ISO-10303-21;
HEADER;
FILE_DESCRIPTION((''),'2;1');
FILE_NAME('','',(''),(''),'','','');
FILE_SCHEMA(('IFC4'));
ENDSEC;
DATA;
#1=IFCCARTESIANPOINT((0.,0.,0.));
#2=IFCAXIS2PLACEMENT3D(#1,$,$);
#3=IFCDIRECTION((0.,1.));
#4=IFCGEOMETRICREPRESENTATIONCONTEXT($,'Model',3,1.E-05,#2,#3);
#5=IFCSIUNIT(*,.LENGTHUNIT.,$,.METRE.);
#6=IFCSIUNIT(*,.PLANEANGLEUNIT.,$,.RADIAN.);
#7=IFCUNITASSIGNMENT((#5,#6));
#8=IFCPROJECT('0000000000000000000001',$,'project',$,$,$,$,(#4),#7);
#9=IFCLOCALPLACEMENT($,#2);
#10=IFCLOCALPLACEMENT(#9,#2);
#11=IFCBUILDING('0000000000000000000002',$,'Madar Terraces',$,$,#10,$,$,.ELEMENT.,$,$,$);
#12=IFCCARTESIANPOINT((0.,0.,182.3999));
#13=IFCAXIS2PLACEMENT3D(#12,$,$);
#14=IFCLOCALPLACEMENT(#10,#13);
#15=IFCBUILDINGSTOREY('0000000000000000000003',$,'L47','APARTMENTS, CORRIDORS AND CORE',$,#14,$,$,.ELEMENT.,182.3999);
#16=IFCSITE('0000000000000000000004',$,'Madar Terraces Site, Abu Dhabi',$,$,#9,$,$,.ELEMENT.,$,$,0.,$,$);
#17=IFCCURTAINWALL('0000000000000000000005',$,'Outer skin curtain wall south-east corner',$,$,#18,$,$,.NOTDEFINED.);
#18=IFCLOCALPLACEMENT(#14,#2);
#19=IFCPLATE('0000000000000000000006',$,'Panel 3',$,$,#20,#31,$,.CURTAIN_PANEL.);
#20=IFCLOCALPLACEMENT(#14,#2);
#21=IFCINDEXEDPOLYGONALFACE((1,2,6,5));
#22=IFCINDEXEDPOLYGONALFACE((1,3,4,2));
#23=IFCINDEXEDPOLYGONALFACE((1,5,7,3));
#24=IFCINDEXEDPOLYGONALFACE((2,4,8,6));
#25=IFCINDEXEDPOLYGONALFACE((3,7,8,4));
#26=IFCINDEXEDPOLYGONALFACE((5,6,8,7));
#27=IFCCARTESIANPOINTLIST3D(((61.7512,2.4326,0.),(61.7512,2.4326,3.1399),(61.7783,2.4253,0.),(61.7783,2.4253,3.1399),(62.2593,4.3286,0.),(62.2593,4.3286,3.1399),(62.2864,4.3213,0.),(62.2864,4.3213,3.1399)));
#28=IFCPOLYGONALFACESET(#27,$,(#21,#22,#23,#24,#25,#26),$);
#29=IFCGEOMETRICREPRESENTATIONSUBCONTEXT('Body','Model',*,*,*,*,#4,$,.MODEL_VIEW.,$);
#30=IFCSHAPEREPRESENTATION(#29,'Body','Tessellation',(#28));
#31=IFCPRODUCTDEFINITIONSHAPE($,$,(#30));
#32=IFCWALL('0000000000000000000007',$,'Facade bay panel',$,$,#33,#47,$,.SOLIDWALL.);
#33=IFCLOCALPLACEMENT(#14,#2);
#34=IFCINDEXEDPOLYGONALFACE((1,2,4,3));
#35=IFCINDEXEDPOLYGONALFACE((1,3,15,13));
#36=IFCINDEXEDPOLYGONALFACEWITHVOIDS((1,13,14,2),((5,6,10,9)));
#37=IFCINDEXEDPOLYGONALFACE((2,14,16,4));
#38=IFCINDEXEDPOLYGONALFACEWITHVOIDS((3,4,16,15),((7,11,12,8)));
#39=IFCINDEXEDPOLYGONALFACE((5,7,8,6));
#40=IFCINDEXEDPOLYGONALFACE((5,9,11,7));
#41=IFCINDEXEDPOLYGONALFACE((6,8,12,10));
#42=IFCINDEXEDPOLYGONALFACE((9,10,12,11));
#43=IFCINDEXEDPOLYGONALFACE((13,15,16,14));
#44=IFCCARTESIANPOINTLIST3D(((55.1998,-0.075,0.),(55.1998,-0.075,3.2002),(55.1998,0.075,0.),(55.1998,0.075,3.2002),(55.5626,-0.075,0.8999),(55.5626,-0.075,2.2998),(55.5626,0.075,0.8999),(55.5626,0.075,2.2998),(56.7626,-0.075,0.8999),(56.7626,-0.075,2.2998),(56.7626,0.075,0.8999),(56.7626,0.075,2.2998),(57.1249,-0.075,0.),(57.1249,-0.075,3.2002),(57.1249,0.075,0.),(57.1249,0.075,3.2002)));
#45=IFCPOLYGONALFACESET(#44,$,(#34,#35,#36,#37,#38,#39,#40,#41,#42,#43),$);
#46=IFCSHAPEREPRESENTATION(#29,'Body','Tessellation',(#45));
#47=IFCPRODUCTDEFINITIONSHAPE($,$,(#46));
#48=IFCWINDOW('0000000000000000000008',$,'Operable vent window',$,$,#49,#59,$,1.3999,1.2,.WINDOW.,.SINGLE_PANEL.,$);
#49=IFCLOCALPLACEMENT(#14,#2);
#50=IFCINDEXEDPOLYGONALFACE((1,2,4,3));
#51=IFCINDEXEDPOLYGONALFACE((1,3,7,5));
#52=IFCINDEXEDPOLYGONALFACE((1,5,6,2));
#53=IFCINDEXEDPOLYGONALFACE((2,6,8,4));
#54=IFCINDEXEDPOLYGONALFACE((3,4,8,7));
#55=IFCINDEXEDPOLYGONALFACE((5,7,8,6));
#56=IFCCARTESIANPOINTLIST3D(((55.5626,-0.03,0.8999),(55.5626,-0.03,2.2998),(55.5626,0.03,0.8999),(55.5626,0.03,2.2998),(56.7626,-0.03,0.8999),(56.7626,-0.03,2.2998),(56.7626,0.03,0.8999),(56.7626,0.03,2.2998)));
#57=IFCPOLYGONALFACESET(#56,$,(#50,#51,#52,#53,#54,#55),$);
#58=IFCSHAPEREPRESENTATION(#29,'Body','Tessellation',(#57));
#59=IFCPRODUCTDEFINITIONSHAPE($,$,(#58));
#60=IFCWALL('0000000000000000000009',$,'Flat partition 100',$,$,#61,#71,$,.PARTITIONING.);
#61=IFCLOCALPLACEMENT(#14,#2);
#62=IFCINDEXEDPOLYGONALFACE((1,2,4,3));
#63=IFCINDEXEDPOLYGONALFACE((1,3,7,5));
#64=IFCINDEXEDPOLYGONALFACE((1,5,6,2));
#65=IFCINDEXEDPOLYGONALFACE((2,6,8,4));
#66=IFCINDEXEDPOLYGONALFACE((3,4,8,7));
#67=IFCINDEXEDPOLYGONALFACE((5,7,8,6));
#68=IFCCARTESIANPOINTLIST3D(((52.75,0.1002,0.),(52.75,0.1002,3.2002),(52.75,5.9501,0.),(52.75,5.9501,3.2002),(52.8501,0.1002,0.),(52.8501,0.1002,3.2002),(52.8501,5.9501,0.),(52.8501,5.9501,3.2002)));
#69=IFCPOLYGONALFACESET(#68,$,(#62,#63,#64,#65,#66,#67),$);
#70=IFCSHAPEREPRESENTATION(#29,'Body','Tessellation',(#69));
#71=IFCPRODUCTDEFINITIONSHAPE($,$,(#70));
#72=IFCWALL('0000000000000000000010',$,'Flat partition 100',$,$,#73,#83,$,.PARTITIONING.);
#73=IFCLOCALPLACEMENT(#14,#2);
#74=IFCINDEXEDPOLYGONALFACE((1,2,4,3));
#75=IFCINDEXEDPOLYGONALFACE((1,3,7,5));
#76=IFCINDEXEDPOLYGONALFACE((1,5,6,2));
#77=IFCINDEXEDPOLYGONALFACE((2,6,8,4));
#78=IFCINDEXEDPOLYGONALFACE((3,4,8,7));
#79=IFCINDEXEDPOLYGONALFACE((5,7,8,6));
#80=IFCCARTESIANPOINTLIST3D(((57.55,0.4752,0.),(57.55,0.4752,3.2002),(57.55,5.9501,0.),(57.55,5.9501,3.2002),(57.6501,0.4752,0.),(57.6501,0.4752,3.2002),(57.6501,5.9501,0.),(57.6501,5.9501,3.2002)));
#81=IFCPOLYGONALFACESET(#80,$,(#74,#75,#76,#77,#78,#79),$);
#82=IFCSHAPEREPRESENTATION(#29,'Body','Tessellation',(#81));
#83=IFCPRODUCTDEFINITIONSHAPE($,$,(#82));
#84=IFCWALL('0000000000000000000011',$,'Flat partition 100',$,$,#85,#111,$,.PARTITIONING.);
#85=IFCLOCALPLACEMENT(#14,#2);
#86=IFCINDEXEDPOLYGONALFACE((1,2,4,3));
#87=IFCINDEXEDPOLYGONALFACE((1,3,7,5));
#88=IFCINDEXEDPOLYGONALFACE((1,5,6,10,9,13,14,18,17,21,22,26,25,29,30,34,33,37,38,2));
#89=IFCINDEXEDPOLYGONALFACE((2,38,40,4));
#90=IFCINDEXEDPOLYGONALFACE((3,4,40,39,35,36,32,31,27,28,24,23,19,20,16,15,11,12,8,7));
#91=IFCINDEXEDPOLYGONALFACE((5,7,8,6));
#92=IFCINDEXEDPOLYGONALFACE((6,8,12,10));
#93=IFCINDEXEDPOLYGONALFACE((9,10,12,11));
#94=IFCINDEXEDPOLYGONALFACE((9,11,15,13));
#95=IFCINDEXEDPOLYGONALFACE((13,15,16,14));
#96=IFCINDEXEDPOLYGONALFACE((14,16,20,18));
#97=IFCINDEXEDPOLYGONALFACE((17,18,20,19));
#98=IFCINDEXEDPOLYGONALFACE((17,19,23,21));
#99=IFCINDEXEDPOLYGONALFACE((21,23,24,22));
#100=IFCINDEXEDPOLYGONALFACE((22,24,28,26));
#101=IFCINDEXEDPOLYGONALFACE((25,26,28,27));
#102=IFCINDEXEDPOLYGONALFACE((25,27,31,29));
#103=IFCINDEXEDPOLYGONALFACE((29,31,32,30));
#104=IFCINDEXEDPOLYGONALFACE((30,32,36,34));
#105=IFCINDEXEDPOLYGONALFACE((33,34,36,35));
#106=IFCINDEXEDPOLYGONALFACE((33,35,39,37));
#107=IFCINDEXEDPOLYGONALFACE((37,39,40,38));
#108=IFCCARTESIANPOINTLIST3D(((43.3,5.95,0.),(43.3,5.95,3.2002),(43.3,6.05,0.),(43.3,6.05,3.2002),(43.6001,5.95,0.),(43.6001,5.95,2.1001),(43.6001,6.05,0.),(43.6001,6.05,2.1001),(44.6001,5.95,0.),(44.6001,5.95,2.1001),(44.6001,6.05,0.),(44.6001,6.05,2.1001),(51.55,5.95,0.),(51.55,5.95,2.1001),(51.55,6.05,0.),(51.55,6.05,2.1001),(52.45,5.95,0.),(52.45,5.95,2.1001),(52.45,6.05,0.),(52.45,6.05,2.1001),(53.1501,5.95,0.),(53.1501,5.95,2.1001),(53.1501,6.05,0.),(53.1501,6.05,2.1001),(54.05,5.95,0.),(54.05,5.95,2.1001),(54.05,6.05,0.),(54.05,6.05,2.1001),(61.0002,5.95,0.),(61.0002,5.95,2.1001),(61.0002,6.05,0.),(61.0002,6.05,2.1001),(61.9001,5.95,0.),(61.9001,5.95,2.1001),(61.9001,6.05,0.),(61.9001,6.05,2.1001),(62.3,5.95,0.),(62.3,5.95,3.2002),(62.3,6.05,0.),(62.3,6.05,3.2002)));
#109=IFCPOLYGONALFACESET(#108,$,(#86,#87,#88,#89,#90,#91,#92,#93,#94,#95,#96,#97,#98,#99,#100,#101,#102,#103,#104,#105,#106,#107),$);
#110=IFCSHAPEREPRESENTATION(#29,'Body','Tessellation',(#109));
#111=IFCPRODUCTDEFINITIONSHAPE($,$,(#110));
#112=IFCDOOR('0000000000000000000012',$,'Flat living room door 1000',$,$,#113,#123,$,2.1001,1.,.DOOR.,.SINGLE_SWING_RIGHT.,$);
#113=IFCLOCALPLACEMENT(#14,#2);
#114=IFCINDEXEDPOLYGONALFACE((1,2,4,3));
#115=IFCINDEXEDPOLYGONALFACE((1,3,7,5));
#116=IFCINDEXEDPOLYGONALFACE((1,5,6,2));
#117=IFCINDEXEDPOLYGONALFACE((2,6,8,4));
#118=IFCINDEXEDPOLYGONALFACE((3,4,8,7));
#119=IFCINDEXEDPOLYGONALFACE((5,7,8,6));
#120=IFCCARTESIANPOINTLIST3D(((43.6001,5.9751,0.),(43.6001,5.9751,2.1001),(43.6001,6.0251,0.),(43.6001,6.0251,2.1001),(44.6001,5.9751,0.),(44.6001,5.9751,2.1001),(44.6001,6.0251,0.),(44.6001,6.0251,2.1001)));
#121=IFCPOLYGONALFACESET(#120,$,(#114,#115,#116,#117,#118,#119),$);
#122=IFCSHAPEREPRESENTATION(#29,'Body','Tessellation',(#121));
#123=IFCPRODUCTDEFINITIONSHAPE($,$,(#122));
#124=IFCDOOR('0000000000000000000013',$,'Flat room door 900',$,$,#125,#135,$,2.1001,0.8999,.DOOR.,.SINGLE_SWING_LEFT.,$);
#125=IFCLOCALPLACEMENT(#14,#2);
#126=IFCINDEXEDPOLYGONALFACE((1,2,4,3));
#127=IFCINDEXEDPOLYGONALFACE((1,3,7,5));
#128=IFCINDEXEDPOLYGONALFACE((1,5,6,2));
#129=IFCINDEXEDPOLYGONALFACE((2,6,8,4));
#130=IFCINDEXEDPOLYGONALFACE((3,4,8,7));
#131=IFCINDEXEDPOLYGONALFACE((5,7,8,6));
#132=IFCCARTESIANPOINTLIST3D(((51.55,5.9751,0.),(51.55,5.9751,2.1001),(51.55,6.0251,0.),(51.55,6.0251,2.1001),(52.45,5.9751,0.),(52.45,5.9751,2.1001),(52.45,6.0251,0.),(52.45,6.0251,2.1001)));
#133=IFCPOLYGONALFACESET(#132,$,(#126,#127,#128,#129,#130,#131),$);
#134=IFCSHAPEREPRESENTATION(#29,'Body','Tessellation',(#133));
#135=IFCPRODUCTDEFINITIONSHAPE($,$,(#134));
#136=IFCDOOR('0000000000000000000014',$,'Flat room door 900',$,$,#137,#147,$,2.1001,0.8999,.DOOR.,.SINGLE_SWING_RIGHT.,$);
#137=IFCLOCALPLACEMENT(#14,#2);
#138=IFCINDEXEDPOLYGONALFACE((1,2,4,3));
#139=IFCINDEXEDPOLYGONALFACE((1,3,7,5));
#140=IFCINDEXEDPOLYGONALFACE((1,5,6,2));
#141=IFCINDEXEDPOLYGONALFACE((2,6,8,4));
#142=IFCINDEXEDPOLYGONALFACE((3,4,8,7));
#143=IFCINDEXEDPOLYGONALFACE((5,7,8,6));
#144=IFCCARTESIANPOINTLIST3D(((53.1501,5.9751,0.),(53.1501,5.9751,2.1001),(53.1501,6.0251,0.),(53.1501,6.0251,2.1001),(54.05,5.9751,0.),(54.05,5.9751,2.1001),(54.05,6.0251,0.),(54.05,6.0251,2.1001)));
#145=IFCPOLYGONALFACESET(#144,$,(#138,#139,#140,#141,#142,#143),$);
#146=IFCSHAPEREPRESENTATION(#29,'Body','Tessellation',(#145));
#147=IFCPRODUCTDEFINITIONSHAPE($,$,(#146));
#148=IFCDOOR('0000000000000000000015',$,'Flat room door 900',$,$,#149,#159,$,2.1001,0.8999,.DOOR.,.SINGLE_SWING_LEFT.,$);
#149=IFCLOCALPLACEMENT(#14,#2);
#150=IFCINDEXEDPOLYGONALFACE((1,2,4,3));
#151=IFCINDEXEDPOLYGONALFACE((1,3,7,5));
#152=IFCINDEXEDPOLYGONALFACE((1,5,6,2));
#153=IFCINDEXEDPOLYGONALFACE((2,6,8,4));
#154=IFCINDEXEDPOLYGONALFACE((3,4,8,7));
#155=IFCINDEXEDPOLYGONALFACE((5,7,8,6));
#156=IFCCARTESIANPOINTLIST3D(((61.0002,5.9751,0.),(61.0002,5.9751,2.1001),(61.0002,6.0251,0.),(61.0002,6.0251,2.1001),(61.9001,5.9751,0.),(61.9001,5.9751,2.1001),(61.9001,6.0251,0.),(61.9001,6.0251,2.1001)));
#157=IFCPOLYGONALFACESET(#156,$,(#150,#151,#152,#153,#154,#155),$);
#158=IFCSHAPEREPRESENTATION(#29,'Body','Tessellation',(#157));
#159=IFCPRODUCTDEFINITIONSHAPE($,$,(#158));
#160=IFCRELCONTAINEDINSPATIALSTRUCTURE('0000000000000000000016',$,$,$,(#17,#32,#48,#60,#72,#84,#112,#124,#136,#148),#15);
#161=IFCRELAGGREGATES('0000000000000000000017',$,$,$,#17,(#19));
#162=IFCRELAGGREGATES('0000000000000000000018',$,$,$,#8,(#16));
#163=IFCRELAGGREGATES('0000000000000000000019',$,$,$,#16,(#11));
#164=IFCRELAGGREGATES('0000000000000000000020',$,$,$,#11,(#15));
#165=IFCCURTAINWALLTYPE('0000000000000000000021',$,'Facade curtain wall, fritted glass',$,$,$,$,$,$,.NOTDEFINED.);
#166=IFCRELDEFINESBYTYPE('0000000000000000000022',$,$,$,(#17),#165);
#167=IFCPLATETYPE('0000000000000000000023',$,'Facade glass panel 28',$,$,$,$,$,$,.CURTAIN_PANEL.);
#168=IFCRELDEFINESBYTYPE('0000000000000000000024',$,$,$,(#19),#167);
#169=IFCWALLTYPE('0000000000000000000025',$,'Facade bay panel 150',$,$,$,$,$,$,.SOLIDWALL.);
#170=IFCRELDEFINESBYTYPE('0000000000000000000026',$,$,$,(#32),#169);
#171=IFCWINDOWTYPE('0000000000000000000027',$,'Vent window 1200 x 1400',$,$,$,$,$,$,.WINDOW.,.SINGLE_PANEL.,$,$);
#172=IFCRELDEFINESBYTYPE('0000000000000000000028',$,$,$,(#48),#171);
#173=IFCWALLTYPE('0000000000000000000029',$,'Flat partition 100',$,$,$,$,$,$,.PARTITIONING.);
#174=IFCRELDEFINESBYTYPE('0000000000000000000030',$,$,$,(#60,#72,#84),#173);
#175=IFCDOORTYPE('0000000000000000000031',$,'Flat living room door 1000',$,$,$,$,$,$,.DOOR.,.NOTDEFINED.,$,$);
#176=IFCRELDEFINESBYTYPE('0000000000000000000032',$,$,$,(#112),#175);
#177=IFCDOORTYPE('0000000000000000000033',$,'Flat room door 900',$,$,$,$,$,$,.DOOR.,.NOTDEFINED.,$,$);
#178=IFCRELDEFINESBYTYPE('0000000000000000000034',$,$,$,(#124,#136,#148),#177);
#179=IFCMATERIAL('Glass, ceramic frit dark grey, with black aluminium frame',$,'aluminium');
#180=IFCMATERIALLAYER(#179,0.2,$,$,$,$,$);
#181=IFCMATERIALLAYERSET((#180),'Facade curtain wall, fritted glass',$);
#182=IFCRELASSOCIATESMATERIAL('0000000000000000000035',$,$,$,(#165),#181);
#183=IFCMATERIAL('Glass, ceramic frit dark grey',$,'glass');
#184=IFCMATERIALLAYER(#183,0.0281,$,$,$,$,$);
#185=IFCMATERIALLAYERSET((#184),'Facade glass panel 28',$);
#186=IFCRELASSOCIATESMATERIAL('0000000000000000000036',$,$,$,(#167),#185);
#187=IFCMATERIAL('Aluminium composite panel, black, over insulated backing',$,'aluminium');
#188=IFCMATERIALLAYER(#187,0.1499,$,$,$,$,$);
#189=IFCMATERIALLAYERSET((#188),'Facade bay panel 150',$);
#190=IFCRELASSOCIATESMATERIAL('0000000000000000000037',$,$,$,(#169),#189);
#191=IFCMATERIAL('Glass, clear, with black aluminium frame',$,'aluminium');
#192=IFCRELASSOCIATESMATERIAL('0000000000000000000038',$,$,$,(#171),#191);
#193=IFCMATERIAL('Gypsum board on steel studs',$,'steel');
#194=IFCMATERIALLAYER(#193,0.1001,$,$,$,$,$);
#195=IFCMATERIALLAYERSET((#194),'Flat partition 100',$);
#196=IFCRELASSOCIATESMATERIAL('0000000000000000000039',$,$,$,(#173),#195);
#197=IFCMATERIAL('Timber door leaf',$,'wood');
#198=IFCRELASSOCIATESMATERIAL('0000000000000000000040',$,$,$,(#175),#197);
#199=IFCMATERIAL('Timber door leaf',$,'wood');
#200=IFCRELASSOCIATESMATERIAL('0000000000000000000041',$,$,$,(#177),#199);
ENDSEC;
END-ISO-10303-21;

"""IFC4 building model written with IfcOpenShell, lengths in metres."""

from ifc_helpers import new_model, si_unit, direction, frame, frame_2d, origin, origin_2d, place, context, subcontext, project, spatial, rectangle, extrude, material, layer, layer_set, type_object, element, fill, aggregate, save


model = new_model("IFC4")

# Units and contexts
model_context = context("Model", 3, precision=1e-05, world=origin(), true_north=direction((0.0, 1.0)))
body_context = subcontext(model_context, "Body", "Model", "MODEL_VIEW")
ifc_project = project(units=[si_unit("LENGTHUNIT", "METRE"), si_unit("PLANEANGLEUNIT", "RADIAN")], contexts=[model_context])

# Site, building, storey
site_placement = place(None, origin())
site = spatial("IfcSite", under=ifc_project, at=site_placement, Name="Madar Terraces Site, Abu Dhabi", CompositionType="ELEMENT", RefElevation=0.0)
building_placement = place(site_placement, origin())
building = spatial("IfcBuilding", under=site, at=building_placement, Name="Madar Terraces", CompositionType="ELEMENT")
storey_placement = place(building_placement, frame((0.0, 0.0, 182.3999)))
storey = spatial("IfcBuildingStorey", under=building, at=storey_placement, Name="L47", Description="APARTMENTS, CORRIDORS AND CORE", CompositionType="ELEMENT", Elevation=182.3999)

# Shared definitions
ifc_material_1 = material(Name="Glass, ceramic frit dark grey, with black aluminium frame", Category="aluminium")
ifc_layer_1 = layer(ifc_material_1, 0.2)
ifc_layer_set_1 = layer_set([ifc_layer_1], Name="Facade curtain wall, fritted glass")
curtain_wall_type = type_object("IfcCurtainWallType", Name="Facade curtain wall, fritted glass", PredefinedType="NOTDEFINED", material=ifc_layer_set_1)

# Curtain wall
curtain_wall_1_placement = place(storey_placement, origin())
curtain_wall_1 = element("IfcCurtainWall", 1, at=curtain_wall_1_placement, inside=storey, type_object=curtain_wall_type, Name="Outer skin curtain wall south-east corner", PredefinedType="NOTDEFINED")

# Plate
ifc_material_2 = material(Name="Glass, ceramic frit dark grey", Category="glass")
ifc_layer_2 = layer(ifc_material_2, 0.0281)
ifc_layer_set_2 = layer_set([ifc_layer_2], Name="Facade glass panel 28")
plate_type = type_object("IfcPlateType", Name="Facade glass panel 28", PredefinedType="CURTAIN_PANEL", material=ifc_layer_set_2)
plate_1_placement = place(storey_placement, frame((62.0188, 3.377, 0.0), z_axis=(0.0, 0.0, 1.0), x_axis=(0.258819, 0.965926, 0.0)))
plate_1 = element("IfcPlate", 2, at=plate_1_placement, type_object=plate_type, Name="Panel 3", PredefinedType="CURTAIN_PANEL", context=body_context, shape_type="SweptSolid", body=[
    extrude(rectangle(XDim=1.9629, YDim=0.0281, at=origin_2d()), origin(), (0.0, 0.0, 1.0), 3.1399),
])
aggregate(curtain_wall_1, [plate_1])

# Wall, opening, window
ifc_material_3 = material(Name="Aluminium composite panel, black, over insulated backing", Category="aluminium")
ifc_layer_3 = layer(ifc_material_3, 0.1499)
ifc_layer_set_3 = layer_set([ifc_layer_3], Name="Facade bay panel 150")
wall_type_1 = type_object("IfcWallType", Name="Facade bay panel 150", PredefinedType="SOLIDWALL", material=ifc_layer_set_3)
wall_1_placement = place(storey_placement, frame((55.2, 0.0, 0.0), z_axis=(0.0, 0.0, 1.0), x_axis=(1.0, 0.0, 0.0)))
wall_1 = element("IfcWall", 3, at=wall_1_placement, inside=storey, type_object=wall_type_1, Name="Facade bay panel", PredefinedType="SOLIDWALL", context=body_context, shape_type="SweptSolid", body=[
    extrude(rectangle(XDim=1.925, YDim=0.1499, at=frame_2d((0.9624, 0.0))), origin(), (0.0, 0.0, 1.0), 3.2002),
])
opening_1_placement = place(wall_1_placement, frame((0.3625, 0.0, 0.8999)))
opening_1 = element("IfcOpeningElement", 4, at=opening_1_placement, cuts=wall_1, PredefinedType="OPENING", context=body_context, shape_type="SweptSolid", body=[
    extrude(rectangle(XDim=1.2, YDim=1.3999, at=frame_2d((0.6001, 0.7))), frame((0.0, 0.085, 0.0), z_axis=(0.0, -1.0, 0.0), x_axis=(1.0, 0.0, 0.0)), (0.0, 0.0, 1.0), 0.1699),
])
ifc_material_4 = material(Name="Glass, clear, with black aluminium frame", Category="aluminium")
window_type = type_object("IfcWindowType", Name="Vent window 1200 x 1400", PartitioningType="SINGLE_PANEL", PredefinedType="WINDOW", material=ifc_material_4)
window_placement = place(opening_1_placement, origin())
window = element("IfcWindow", 5, at=window_placement, inside=storey, type_object=window_type, Name="Operable vent window", OverallHeight=1.3999, OverallWidth=1.2, PartitioningType="SINGLE_PANEL", PredefinedType="WINDOW", context=body_context, shape_type="SweptSolid", body=[
    extrude(rectangle(XDim=1.2, YDim=1.3999, at=frame_2d((0.6001, 0.7))), frame((0.0, 0.03, 0.0), z_axis=(0.0, -1.0, 0.0), x_axis=(1.0, 0.0, 0.0)), (0.0, 0.0, 1.0), 0.0601),
])
fill(opening_1, window)

# Walls
ifc_material_5 = material(Name="Gypsum board on steel studs", Category="steel")
ifc_layer_4 = layer(ifc_material_5, 0.1001)
ifc_layer_set_4 = layer_set([ifc_layer_4], Name="Flat partition 100")
wall_type_2 = type_object("IfcWallType", Name="Flat partition 100", PredefinedType="PARTITIONING", material=ifc_layer_set_4)
wall_2_placement = place(storey_placement, frame((52.8, 5.95, 0.0), z_axis=(0.0, 0.0, 1.0), x_axis=(0.0, -1.0, 0.0)))
element("IfcWall", 6, at=wall_2_placement, inside=storey, type_object=wall_type_2, Name="Flat partition 100", PredefinedType="PARTITIONING", context=body_context, shape_type="SweptSolid", body=[
    extrude(rectangle(XDim=5.8499, YDim=0.1001, at=frame_2d((2.9248, 0.0))), origin(), (0.0, 0.0, 1.0), 3.2002),
])
wall_3_placement = place(storey_placement, frame((57.6001, 5.95, 0.0), z_axis=(0.0, 0.0, 1.0), x_axis=(0.0, -1.0, 0.0)))
element("IfcWall", 7, at=wall_3_placement, inside=storey, type_object=wall_type_2, Name="Flat partition 100", PredefinedType="PARTITIONING", context=body_context, shape_type="SweptSolid", body=[
    extrude(rectangle(XDim=5.4749, YDim=0.1001, at=frame_2d((2.7373, 0.0))), origin(), (0.0, 0.0, 1.0), 3.2002),
])

# Wall, openings, doors
wall_4_placement = place(storey_placement, frame((62.3, 6.0, 0.0), z_axis=(0.0, 0.0, 1.0), x_axis=(-1.0, 0.0, 0.0)))
wall_4 = element("IfcWall", 8, at=wall_4_placement, inside=storey, type_object=wall_type_2, Name="Flat partition 100", PredefinedType="PARTITIONING", context=body_context, shape_type="SweptSolid", body=[
    extrude(rectangle(XDim=19.0, YDim=0.1001, at=frame_2d((9.5, 0.0))), origin(), (0.0, 0.0, 1.0), 3.2002),
])
opening_2_placement = place(wall_4_placement, frame((17.7, 0.0, 0.0)))
opening_2 = element("IfcOpeningElement", 9, at=opening_2_placement, cuts=wall_4, PredefinedType="OPENING", context=body_context, shape_type="SweptSolid", body=[
    extrude(rectangle(XDim=1.0, YDim=2.1001, at=frame_2d((0.5, 1.05))), frame((0.0, 0.0601, 0.0), z_axis=(0.0, -1.0, 0.0), x_axis=(1.0, 0.0, 0.0)), (0.0, 0.0, 1.0), 0.1201),
])
opening_3_placement = place(wall_4_placement, frame((9.8501, 0.0, 0.0)))
opening_3 = element("IfcOpeningElement", 10, at=opening_3_placement, cuts=wall_4, PredefinedType="OPENING", context=body_context, shape_type="SweptSolid", body=[
    extrude(rectangle(XDim=0.8999, YDim=2.1001, at=frame_2d((0.45, 1.05))), frame((0.0, 0.0601, 0.0), z_axis=(0.0, -1.0, 0.0), x_axis=(1.0, 0.0, 0.0)), (0.0, 0.0, 1.0), 0.1201),
])
opening_4_placement = place(wall_4_placement, frame((8.25, 0.0, 0.0)))
opening_4 = element("IfcOpeningElement", 11, at=opening_4_placement, cuts=wall_4, PredefinedType="OPENING", context=body_context, shape_type="SweptSolid", body=[
    extrude(rectangle(XDim=0.8999, YDim=2.1001, at=frame_2d((0.45, 1.05))), frame((0.0, 0.0601, 0.0), z_axis=(0.0, -1.0, 0.0), x_axis=(1.0, 0.0, 0.0)), (0.0, 0.0, 1.0), 0.1201),
])
opening_5_placement = place(wall_4_placement, frame((0.3999, 0.0, 0.0)))
opening_5 = element("IfcOpeningElement", 12, at=opening_5_placement, cuts=wall_4, PredefinedType="OPENING", context=body_context, shape_type="SweptSolid", body=[
    extrude(rectangle(XDim=0.8999, YDim=2.1001, at=frame_2d((0.45, 1.05))), frame((0.0, 0.0601, 0.0), z_axis=(0.0, -1.0, 0.0), x_axis=(1.0, 0.0, 0.0)), (0.0, 0.0, 1.0), 0.1201),
])
ifc_material_6 = material(Name="Timber door leaf", Category="wood")
door_type_1 = type_object("IfcDoorType", Name="Flat living room door 1000", OperationType="NOTDEFINED", PredefinedType="DOOR", material=ifc_material_6)
door_1_placement = place(opening_2_placement, origin())
door_1 = element("IfcDoor", 13, at=door_1_placement, inside=storey, type_object=door_type_1, Name="Flat living room door 1000", OperationType="SINGLE_SWING_RIGHT", OverallHeight=2.1001, OverallWidth=1.0, PredefinedType="DOOR", context=body_context, shape_type="SweptSolid", body=[
    extrude(rectangle(XDim=1.0, YDim=2.1001, at=frame_2d((0.5, 1.05))), frame((0.0, 0.0249, 0.0), z_axis=(0.0, -1.0, 0.0), x_axis=(1.0, 0.0, 0.0)), (0.0, 0.0, 1.0), 0.05),
])
fill(opening_2, door_1)
ifc_material_7 = material(Name="Timber door leaf", Category="wood")
door_type_2 = type_object("IfcDoorType", Name="Flat room door 900", OperationType="NOTDEFINED", PredefinedType="DOOR", material=ifc_material_7)
door_2_placement = place(opening_3_placement, origin())
door_2 = element("IfcDoor", 14, at=door_2_placement, inside=storey, type_object=door_type_2, Name="Flat room door 900", OperationType="SINGLE_SWING_LEFT", OverallHeight=2.1001, OverallWidth=0.8999, PredefinedType="DOOR", context=body_context, shape_type="SweptSolid", body=[
    extrude(rectangle(XDim=0.8999, YDim=2.1001, at=frame_2d((0.45, 1.05))), frame((0.0, 0.0249, 0.0), z_axis=(0.0, -1.0, 0.0), x_axis=(1.0, 0.0, 0.0)), (0.0, 0.0, 1.0), 0.05),
])
fill(opening_3, door_2)
door_3_placement = place(opening_4_placement, origin())
door_3 = element("IfcDoor", 15, at=door_3_placement, inside=storey, type_object=door_type_2, Name="Flat room door 900", OperationType="SINGLE_SWING_RIGHT", OverallHeight=2.1001, OverallWidth=0.8999, PredefinedType="DOOR", context=body_context, shape_type="SweptSolid", body=[
    extrude(rectangle(XDim=0.8999, YDim=2.1001, at=frame_2d((0.45, 1.05))), frame((0.0, 0.0249, 0.0), z_axis=(0.0, -1.0, 0.0), x_axis=(1.0, 0.0, 0.0)), (0.0, 0.0, 1.0), 0.05),
])
fill(opening_4, door_3)
door_4_placement = place(opening_5_placement, origin())
door_4 = element("IfcDoor", 16, at=door_4_placement, inside=storey, type_object=door_type_2, Name="Flat room door 900", OperationType="SINGLE_SWING_LEFT", OverallHeight=2.1001, OverallWidth=0.8999, PredefinedType="DOOR", context=body_context, shape_type="SweptSolid", body=[
    extrude(rectangle(XDim=0.8999, YDim=2.1001, at=frame_2d((0.45, 1.05))), frame((0.0, 0.0249, 0.0), z_axis=(0.0, -1.0, 0.0), x_axis=(1.0, 0.0, 0.0)), (0.0, 0.0, 1.0), 0.05),
])
fill(opening_5, door_4)

save(model, "model.ifc")
